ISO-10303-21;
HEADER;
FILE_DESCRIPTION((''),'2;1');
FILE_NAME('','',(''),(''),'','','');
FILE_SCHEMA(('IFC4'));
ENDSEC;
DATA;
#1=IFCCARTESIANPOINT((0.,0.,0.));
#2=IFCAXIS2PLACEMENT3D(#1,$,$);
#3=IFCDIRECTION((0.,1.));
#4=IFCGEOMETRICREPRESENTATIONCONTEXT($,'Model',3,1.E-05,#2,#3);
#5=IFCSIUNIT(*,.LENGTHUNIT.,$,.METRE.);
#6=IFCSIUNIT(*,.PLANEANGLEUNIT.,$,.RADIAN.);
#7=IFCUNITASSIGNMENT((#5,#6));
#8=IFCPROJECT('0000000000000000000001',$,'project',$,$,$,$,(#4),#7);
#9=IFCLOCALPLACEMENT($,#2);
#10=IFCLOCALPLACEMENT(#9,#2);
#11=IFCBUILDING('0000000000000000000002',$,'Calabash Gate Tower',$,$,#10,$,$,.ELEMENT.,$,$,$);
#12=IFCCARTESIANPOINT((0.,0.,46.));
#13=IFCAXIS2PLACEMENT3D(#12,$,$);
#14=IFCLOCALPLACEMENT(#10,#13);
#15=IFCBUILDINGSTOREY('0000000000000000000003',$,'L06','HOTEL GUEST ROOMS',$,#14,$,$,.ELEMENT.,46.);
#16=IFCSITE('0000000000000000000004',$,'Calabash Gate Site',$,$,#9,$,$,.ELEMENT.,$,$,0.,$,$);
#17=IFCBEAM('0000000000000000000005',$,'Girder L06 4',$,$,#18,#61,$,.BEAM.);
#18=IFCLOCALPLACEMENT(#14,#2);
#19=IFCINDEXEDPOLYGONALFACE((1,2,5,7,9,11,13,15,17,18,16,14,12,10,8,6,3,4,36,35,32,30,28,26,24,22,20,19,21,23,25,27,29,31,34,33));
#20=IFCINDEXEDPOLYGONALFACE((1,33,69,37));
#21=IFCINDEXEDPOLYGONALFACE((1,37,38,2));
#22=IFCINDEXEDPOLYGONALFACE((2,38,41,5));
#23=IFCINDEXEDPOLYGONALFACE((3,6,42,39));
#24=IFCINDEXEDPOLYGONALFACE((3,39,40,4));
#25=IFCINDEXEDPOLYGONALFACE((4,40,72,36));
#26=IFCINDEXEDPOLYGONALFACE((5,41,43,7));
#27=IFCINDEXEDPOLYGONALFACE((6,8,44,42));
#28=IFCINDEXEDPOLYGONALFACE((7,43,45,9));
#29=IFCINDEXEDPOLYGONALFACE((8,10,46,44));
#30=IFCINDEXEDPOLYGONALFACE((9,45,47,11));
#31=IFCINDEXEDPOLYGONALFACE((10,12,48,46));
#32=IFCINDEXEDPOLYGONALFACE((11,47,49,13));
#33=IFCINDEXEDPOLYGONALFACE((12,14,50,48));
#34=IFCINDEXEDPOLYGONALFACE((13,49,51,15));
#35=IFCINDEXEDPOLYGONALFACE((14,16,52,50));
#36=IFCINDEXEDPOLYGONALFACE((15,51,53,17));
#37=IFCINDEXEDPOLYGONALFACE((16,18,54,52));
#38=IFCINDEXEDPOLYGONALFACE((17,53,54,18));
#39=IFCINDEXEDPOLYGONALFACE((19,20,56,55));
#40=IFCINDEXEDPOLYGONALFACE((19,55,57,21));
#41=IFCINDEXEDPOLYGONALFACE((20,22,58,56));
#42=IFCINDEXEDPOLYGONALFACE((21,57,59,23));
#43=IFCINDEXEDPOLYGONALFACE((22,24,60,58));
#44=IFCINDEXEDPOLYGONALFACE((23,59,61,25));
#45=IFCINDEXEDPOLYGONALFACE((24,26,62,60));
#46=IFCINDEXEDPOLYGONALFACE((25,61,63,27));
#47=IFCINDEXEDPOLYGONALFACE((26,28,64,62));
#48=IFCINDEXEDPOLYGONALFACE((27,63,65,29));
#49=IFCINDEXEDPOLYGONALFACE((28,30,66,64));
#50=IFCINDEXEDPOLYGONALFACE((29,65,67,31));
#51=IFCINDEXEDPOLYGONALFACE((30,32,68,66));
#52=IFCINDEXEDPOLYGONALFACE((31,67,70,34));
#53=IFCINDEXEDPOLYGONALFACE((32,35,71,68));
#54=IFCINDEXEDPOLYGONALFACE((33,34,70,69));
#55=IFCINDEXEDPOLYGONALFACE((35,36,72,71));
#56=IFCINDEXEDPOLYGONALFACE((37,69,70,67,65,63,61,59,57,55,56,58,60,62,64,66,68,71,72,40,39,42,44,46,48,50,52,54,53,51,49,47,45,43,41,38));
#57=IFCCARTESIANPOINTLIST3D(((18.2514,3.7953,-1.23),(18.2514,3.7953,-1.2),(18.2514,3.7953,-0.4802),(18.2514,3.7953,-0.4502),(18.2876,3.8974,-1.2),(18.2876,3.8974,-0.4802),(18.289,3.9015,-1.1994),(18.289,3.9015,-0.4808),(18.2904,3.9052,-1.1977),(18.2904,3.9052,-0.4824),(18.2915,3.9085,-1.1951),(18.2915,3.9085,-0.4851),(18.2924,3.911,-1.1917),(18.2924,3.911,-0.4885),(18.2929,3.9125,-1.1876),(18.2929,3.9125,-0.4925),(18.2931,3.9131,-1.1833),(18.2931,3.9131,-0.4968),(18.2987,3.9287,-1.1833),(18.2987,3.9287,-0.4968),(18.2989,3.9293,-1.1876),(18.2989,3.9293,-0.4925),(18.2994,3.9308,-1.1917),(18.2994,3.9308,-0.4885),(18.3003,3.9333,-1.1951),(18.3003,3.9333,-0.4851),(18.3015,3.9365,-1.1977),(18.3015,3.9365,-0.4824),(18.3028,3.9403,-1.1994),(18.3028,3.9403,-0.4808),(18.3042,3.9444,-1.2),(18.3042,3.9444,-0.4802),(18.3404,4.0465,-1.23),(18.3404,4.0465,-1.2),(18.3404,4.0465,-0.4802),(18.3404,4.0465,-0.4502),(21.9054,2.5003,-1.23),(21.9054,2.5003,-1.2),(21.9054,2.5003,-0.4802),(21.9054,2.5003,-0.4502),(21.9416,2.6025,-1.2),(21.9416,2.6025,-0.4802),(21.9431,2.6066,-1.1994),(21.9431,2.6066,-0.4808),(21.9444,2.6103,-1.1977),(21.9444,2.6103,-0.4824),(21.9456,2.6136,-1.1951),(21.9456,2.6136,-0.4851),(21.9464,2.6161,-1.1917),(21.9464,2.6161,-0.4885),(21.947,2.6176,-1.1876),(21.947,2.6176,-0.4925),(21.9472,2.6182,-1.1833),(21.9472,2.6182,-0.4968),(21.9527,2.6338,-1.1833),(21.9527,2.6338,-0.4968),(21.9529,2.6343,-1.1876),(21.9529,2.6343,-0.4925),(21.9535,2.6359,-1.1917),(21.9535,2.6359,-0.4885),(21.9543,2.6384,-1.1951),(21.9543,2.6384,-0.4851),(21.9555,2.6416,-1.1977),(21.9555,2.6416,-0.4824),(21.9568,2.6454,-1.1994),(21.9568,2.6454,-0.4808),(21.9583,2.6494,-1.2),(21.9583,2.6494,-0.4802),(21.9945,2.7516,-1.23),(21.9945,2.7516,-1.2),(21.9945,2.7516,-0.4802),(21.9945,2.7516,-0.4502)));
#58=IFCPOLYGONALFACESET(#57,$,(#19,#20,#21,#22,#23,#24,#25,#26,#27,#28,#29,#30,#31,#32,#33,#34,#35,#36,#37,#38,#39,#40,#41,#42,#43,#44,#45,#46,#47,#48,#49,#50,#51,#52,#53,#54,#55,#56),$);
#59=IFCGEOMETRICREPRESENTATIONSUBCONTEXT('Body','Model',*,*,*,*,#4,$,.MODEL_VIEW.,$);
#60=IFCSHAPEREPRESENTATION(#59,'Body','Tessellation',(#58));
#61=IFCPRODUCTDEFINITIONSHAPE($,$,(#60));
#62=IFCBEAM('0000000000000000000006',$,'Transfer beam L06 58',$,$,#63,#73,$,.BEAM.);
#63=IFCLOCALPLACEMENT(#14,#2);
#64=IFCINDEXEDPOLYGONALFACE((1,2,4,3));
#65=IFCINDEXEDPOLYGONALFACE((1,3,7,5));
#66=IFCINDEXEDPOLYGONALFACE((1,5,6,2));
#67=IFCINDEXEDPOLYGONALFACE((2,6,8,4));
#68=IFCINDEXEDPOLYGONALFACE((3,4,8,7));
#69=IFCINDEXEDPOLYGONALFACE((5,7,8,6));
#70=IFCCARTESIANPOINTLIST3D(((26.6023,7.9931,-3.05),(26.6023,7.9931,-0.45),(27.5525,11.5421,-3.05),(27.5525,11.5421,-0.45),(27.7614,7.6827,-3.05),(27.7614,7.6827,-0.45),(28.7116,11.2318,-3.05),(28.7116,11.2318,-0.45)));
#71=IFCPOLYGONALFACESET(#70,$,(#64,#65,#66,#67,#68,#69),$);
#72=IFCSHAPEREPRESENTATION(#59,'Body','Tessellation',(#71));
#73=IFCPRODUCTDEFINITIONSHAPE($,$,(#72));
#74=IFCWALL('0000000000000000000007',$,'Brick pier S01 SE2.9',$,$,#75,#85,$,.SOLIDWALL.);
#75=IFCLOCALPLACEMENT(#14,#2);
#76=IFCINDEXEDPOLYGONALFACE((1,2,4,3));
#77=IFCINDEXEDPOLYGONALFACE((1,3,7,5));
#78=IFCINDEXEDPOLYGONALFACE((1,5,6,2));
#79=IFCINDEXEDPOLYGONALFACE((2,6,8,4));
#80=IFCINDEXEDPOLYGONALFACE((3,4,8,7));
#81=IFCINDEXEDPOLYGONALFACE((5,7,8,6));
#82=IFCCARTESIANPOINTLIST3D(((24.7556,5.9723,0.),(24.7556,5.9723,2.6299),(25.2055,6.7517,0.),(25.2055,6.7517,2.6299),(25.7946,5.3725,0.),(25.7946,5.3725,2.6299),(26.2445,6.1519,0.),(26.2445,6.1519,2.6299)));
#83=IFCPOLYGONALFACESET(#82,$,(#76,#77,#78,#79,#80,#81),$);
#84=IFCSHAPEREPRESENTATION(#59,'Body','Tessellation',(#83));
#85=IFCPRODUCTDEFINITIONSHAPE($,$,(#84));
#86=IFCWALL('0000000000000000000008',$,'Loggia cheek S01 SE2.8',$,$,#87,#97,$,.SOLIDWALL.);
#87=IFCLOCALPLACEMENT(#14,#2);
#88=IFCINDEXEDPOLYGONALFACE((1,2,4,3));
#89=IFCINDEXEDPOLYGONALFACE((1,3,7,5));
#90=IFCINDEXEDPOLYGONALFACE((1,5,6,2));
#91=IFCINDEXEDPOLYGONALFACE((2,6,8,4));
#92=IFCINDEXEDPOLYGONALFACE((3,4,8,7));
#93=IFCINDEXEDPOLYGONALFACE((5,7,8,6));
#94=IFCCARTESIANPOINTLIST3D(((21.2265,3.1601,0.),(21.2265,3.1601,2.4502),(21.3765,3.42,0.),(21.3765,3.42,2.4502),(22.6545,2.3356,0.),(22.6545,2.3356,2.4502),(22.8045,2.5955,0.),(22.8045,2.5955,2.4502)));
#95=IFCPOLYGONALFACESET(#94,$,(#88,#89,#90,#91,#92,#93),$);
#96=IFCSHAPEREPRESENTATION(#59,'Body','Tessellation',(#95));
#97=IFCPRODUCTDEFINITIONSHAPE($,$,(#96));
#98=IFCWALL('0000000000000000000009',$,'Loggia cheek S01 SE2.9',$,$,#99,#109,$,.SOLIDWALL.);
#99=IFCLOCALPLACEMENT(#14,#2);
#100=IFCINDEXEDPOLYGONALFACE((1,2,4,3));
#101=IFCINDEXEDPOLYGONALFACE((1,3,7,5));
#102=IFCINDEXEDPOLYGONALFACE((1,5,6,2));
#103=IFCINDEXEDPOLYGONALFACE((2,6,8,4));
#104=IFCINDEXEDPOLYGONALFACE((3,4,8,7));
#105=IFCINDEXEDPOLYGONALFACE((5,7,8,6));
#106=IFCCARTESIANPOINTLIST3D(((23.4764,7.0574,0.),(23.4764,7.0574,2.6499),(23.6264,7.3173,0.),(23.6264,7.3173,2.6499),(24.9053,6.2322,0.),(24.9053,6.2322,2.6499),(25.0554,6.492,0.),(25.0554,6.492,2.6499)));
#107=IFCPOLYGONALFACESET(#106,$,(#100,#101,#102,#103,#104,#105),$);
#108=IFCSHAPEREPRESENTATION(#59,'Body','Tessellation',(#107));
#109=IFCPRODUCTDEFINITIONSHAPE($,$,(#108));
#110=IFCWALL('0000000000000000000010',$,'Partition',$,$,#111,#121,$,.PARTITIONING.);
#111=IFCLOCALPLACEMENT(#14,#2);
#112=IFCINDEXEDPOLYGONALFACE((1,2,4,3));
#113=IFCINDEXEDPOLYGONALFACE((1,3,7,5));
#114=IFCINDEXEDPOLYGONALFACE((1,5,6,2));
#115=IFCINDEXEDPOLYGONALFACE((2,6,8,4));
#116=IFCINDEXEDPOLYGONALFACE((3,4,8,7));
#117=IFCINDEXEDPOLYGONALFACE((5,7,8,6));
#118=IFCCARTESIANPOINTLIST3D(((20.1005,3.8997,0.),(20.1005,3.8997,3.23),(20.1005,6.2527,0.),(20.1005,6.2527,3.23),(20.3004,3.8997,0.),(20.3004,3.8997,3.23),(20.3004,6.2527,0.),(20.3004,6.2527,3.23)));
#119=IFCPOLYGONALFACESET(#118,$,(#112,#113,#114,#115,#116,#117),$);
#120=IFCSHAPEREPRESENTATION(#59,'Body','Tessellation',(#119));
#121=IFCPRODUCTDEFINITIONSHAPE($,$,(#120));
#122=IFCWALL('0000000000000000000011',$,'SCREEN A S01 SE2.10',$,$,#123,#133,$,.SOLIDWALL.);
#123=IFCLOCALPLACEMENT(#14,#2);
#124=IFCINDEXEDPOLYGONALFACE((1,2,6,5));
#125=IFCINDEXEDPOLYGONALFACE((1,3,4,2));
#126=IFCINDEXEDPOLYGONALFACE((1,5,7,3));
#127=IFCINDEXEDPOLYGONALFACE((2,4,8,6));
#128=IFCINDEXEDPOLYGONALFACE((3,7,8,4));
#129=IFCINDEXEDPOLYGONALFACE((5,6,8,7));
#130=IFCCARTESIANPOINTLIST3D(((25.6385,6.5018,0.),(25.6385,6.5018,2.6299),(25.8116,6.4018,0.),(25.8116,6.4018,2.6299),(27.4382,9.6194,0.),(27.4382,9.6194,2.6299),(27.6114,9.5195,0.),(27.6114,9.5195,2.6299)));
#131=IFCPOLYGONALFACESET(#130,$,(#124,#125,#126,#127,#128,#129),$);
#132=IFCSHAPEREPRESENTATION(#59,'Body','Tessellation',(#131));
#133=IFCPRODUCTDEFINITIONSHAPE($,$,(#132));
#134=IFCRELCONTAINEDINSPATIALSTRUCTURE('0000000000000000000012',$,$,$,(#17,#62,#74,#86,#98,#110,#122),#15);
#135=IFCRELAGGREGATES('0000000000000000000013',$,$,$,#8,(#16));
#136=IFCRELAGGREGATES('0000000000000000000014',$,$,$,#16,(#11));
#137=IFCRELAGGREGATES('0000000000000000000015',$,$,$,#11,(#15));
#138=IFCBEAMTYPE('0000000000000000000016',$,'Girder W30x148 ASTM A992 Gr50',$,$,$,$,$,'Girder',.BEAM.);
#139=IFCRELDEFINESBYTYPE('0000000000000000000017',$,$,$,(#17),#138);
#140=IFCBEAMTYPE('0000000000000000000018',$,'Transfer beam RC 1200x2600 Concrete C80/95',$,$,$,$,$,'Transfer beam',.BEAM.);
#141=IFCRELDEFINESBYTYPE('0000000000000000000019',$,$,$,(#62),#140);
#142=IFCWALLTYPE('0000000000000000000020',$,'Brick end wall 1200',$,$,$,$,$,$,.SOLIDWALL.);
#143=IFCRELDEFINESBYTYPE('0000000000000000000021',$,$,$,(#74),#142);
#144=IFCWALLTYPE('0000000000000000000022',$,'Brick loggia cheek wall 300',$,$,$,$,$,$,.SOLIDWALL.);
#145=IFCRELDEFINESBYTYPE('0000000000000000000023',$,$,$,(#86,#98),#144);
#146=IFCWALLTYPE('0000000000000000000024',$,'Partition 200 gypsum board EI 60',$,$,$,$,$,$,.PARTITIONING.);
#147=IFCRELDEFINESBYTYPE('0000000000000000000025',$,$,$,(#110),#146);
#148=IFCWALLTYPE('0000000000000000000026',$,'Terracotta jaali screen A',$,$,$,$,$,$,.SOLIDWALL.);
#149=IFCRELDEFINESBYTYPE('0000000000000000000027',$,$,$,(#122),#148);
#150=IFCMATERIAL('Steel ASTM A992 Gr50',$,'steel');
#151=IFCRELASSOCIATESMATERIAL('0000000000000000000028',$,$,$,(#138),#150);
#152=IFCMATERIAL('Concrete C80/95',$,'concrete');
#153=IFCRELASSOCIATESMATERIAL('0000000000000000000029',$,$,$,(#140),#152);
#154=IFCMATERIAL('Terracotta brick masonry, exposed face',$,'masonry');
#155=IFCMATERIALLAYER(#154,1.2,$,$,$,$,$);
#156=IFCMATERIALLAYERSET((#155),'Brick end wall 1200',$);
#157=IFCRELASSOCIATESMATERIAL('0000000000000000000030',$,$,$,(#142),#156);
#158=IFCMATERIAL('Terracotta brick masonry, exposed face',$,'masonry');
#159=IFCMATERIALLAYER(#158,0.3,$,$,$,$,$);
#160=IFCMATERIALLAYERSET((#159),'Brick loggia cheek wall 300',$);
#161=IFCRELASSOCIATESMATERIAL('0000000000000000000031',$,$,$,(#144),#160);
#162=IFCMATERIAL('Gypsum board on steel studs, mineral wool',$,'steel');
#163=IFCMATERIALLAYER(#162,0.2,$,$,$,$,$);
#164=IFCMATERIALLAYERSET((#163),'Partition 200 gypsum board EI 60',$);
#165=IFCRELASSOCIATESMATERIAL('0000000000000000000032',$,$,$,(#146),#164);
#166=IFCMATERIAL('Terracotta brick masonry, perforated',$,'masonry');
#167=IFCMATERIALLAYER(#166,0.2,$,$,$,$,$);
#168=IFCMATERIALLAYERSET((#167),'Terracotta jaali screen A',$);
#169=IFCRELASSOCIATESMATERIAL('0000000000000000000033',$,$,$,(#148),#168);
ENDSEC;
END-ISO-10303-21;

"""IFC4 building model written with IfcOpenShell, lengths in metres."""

from ifc_helpers import new_model, si_unit, direction, frame, frame_2d, origin, origin_2d, place, context, subcontext, project, spatial, rectangle, i_section, extrude, material, layer, layer_set, material_profile, profile_set, type_object, element, save


model = new_model("IFC4")

# Units and contexts
model_context = context("Model", 3, precision=1e-05, world=origin(), true_north=direction((0.0, 1.0)))
body_context = subcontext(model_context, "Body", "Model", "MODEL_VIEW")
ifc_project = project(units=[si_unit("LENGTHUNIT", "METRE"), si_unit("PLANEANGLEUNIT", "RADIAN")], contexts=[model_context])

# Site, building, storey
site_placement = place(None, origin())
site = spatial("IfcSite", under=ifc_project, at=site_placement, Name="Calabash Gate Site", CompositionType="ELEMENT", RefElevation=0.0)
building_placement = place(site_placement, origin())
building = spatial("IfcBuilding", under=site, at=building_placement, Name="Calabash Gate Tower", CompositionType="ELEMENT")
storey_placement = place(building_placement, frame((0.0, 0.0, 46.0)))
storey = spatial("IfcBuildingStorey", under=building, at=storey_placement, Name="L06", Description="HOTEL GUEST ROOMS", CompositionType="ELEMENT", Elevation=46.0)

# Beams
ifc_material_1 = material(Name="Steel ASTM A992 Gr50", Category="steel")
ifc_material_profile_1 = material_profile(ifc_material_1, i_section(OverallWidth=0.2666, OverallDepth=0.7798, WebThickness=0.0166, FlangeThickness=0.03, FilletRadius=0.0166, at=origin_2d()))
ifc_profile_set_1 = profile_set([ifc_material_profile_1], Name="Steel ASTM A992 Gr50")
beam_type_1 = type_object("IfcBeamType", Name="Girder W30x148 ASTM A992 Gr50", ElementType="Girder", PredefinedType="BEAM", material=ifc_profile_set_1)
beam_1_placement = place(storey_placement, frame((21.95, 2.626, -0.8401), z_axis=(-0.942564, 0.334025, 0.0), x_axis=(-0.334025, -0.942564, 0.0)))
element("IfcBeam", 1, at=beam_1_placement, inside=storey, type_object=beam_type_1, Name="Girder L06 4", PredefinedType="BEAM", context=body_context, shape_type="SweptSolid", body=[
    extrude(i_section(OverallWidth=0.2666, OverallDepth=0.7798, WebThickness=0.0166, FlangeThickness=0.03, FilletRadius=0.0166, at=origin_2d()), origin(), (0.0, 0.0, 1.0), 3.8767),
])
ifc_material_2 = material(Name="Concrete C80/95", Category="concrete")
ifc_material_profile_2 = material_profile(ifc_material_2, rectangle(XDim=1.2, YDim=2.6001, at=origin_2d()))
ifc_profile_set_2 = profile_set([ifc_material_profile_2], Name="Concrete C80/95")
beam_type_2 = type_object("IfcBeamType", Name="Transfer beam RC 1200x2600 Concrete C80/95", ElementType="Transfer beam", PredefinedType="BEAM", material=ifc_profile_set_2)
beam_2_placement = place(storey_placement, frame((27.1819, 7.8379, -1.75), z_axis=(0.258622, 0.965979, 0.0), x_axis=(-0.965979, 0.258622, 0.0)))
element("IfcBeam", 2, at=beam_2_placement, inside=storey, type_object=beam_type_2, Name="Transfer beam L06 58", PredefinedType="BEAM", context=body_context, shape_type="SweptSolid", body=[
    extrude(rectangle(XDim=1.2, YDim=2.6001, at=origin_2d()), origin(), (0.0, 0.0, 1.0), 3.6741),
])

# Walls
ifc_material_3 = material(Name="Terracotta brick masonry, exposed face", Category="masonry")
ifc_layer_1 = layer(ifc_material_3, 1.2)
ifc_layer_set_1 = layer_set([ifc_layer_1], Name="Brick end wall 1200")
wall_type_1 = type_object("IfcWallType", Name="Brick end wall 1200", PredefinedType="SOLIDWALL", material=ifc_layer_set_1)
wall_1_placement = place(storey_placement, frame((26.0195, 5.7622, 0.0), z_axis=(0.0, 0.0, 1.0), x_axis=(-0.866043, 0.499969, 0.0)))
element("IfcWall", 3, at=wall_1_placement, inside=storey, type_object=wall_type_1, Name="Brick pier S01 SE2.9", PredefinedType="SOLIDWALL", context=body_context, shape_type="SweptSolid", body=[
    extrude(rectangle(XDim=1.1997, YDim=0.8999, at=frame_2d((0.5999, 0.0))), origin(), (0.0, 0.0, 1.0), 2.6299),
])
ifc_material_4 = material(Name="Terracotta brick masonry, exposed face", Category="masonry")
ifc_layer_2 = layer(ifc_material_4, 0.3)
ifc_layer_set_2 = layer_set([ifc_layer_2], Name="Brick loggia cheek wall 300")
wall_type_2 = type_object("IfcWallType", Name="Brick loggia cheek wall 300", PredefinedType="SOLIDWALL", material=ifc_layer_set_2)
wall_2_placement = place(storey_placement, frame((21.3015, 3.29, 0.0), z_axis=(0.0, 0.0, 1.0), x_axis=(0.86602, -0.500009, 0.0)))
element("IfcWall", 4, at=wall_2_placement, inside=storey, type_object=wall_type_2, Name="Loggia cheek S01 SE2.8", PredefinedType="SOLIDWALL", context=body_context, shape_type="SweptSolid", body=[
    extrude(rectangle(XDim=1.6489, YDim=0.3, at=frame_2d((0.8245, 0.0))), origin(), (0.0, 0.0, 1.0), 2.4502),
])
wall_3_placement = place(storey_placement, frame((24.9805, 6.3621, 0.0), z_axis=(0.0, 0.0, 1.0), x_axis=(-0.865976, 0.500085, 0.0)))
element("IfcWall", 5, at=wall_3_placement, inside=storey, type_object=wall_type_2, Name="Loggia cheek S01 SE2.9", PredefinedType="SOLIDWALL", context=body_context, shape_type="SweptSolid", body=[
    extrude(rectangle(XDim=1.6501, YDim=0.3, at=frame_2d((0.8252, 0.0))), origin(), (0.0, 0.0, 1.0), 2.6499),
])
ifc_material_5 = material(Name="Gypsum board on steel studs, mineral wool", Category="steel")
ifc_layer_3 = layer(ifc_material_5, 0.2)
ifc_layer_set_3 = layer_set([ifc_layer_3], Name="Partition 200 gypsum board EI 60")
wall_type_3 = type_object("IfcWallType", Name="Partition 200 gypsum board EI 60", PredefinedType="PARTITIONING", material=ifc_layer_set_3)
wall_4_placement = place(storey_placement, frame((20.2004, 3.8997, 0.0), z_axis=(0.0, 0.0, 1.0), x_axis=(0.0, 1.0, 0.0)))
element("IfcWall", 6, at=wall_4_placement, inside=storey, type_object=wall_type_3, Name="Partition", PredefinedType="PARTITIONING", context=body_context, shape_type="SweptSolid", body=[
    extrude(rectangle(XDim=2.353, YDim=0.2, at=frame_2d((1.1765, 0.0))), origin(), (0.0, 0.0, 1.0), 3.23),
])
ifc_material_6 = material(Name="Terracotta brick masonry, perforated", Category="masonry")
ifc_layer_4 = layer(ifc_material_6, 0.2)
ifc_layer_set_4 = layer_set([ifc_layer_4], Name="Terracotta jaali screen A")
wall_type_4 = type_object("IfcWallType", Name="Terracotta jaali screen A", PredefinedType="SOLIDWALL", material=ifc_layer_set_4)
wall_5_placement = place(storey_placement, frame((25.7251, 6.4519, 0.0), z_axis=(0.0, 0.0, 1.0), x_axis=(0.499961, 0.866048, 0.0)))
element("IfcWall", 7, at=wall_5_placement, inside=storey, type_object=wall_type_4, Name="SCREEN A S01 SE2.10", PredefinedType="SOLIDWALL", context=body_context, shape_type="SweptSolid", body=[
    extrude(rectangle(XDim=3.5999, YDim=0.2, at=frame_2d((1.7998, 0.0))), origin(), (0.0, 0.0, 1.0), 2.6299),
])

save(model, "model.ifc")
